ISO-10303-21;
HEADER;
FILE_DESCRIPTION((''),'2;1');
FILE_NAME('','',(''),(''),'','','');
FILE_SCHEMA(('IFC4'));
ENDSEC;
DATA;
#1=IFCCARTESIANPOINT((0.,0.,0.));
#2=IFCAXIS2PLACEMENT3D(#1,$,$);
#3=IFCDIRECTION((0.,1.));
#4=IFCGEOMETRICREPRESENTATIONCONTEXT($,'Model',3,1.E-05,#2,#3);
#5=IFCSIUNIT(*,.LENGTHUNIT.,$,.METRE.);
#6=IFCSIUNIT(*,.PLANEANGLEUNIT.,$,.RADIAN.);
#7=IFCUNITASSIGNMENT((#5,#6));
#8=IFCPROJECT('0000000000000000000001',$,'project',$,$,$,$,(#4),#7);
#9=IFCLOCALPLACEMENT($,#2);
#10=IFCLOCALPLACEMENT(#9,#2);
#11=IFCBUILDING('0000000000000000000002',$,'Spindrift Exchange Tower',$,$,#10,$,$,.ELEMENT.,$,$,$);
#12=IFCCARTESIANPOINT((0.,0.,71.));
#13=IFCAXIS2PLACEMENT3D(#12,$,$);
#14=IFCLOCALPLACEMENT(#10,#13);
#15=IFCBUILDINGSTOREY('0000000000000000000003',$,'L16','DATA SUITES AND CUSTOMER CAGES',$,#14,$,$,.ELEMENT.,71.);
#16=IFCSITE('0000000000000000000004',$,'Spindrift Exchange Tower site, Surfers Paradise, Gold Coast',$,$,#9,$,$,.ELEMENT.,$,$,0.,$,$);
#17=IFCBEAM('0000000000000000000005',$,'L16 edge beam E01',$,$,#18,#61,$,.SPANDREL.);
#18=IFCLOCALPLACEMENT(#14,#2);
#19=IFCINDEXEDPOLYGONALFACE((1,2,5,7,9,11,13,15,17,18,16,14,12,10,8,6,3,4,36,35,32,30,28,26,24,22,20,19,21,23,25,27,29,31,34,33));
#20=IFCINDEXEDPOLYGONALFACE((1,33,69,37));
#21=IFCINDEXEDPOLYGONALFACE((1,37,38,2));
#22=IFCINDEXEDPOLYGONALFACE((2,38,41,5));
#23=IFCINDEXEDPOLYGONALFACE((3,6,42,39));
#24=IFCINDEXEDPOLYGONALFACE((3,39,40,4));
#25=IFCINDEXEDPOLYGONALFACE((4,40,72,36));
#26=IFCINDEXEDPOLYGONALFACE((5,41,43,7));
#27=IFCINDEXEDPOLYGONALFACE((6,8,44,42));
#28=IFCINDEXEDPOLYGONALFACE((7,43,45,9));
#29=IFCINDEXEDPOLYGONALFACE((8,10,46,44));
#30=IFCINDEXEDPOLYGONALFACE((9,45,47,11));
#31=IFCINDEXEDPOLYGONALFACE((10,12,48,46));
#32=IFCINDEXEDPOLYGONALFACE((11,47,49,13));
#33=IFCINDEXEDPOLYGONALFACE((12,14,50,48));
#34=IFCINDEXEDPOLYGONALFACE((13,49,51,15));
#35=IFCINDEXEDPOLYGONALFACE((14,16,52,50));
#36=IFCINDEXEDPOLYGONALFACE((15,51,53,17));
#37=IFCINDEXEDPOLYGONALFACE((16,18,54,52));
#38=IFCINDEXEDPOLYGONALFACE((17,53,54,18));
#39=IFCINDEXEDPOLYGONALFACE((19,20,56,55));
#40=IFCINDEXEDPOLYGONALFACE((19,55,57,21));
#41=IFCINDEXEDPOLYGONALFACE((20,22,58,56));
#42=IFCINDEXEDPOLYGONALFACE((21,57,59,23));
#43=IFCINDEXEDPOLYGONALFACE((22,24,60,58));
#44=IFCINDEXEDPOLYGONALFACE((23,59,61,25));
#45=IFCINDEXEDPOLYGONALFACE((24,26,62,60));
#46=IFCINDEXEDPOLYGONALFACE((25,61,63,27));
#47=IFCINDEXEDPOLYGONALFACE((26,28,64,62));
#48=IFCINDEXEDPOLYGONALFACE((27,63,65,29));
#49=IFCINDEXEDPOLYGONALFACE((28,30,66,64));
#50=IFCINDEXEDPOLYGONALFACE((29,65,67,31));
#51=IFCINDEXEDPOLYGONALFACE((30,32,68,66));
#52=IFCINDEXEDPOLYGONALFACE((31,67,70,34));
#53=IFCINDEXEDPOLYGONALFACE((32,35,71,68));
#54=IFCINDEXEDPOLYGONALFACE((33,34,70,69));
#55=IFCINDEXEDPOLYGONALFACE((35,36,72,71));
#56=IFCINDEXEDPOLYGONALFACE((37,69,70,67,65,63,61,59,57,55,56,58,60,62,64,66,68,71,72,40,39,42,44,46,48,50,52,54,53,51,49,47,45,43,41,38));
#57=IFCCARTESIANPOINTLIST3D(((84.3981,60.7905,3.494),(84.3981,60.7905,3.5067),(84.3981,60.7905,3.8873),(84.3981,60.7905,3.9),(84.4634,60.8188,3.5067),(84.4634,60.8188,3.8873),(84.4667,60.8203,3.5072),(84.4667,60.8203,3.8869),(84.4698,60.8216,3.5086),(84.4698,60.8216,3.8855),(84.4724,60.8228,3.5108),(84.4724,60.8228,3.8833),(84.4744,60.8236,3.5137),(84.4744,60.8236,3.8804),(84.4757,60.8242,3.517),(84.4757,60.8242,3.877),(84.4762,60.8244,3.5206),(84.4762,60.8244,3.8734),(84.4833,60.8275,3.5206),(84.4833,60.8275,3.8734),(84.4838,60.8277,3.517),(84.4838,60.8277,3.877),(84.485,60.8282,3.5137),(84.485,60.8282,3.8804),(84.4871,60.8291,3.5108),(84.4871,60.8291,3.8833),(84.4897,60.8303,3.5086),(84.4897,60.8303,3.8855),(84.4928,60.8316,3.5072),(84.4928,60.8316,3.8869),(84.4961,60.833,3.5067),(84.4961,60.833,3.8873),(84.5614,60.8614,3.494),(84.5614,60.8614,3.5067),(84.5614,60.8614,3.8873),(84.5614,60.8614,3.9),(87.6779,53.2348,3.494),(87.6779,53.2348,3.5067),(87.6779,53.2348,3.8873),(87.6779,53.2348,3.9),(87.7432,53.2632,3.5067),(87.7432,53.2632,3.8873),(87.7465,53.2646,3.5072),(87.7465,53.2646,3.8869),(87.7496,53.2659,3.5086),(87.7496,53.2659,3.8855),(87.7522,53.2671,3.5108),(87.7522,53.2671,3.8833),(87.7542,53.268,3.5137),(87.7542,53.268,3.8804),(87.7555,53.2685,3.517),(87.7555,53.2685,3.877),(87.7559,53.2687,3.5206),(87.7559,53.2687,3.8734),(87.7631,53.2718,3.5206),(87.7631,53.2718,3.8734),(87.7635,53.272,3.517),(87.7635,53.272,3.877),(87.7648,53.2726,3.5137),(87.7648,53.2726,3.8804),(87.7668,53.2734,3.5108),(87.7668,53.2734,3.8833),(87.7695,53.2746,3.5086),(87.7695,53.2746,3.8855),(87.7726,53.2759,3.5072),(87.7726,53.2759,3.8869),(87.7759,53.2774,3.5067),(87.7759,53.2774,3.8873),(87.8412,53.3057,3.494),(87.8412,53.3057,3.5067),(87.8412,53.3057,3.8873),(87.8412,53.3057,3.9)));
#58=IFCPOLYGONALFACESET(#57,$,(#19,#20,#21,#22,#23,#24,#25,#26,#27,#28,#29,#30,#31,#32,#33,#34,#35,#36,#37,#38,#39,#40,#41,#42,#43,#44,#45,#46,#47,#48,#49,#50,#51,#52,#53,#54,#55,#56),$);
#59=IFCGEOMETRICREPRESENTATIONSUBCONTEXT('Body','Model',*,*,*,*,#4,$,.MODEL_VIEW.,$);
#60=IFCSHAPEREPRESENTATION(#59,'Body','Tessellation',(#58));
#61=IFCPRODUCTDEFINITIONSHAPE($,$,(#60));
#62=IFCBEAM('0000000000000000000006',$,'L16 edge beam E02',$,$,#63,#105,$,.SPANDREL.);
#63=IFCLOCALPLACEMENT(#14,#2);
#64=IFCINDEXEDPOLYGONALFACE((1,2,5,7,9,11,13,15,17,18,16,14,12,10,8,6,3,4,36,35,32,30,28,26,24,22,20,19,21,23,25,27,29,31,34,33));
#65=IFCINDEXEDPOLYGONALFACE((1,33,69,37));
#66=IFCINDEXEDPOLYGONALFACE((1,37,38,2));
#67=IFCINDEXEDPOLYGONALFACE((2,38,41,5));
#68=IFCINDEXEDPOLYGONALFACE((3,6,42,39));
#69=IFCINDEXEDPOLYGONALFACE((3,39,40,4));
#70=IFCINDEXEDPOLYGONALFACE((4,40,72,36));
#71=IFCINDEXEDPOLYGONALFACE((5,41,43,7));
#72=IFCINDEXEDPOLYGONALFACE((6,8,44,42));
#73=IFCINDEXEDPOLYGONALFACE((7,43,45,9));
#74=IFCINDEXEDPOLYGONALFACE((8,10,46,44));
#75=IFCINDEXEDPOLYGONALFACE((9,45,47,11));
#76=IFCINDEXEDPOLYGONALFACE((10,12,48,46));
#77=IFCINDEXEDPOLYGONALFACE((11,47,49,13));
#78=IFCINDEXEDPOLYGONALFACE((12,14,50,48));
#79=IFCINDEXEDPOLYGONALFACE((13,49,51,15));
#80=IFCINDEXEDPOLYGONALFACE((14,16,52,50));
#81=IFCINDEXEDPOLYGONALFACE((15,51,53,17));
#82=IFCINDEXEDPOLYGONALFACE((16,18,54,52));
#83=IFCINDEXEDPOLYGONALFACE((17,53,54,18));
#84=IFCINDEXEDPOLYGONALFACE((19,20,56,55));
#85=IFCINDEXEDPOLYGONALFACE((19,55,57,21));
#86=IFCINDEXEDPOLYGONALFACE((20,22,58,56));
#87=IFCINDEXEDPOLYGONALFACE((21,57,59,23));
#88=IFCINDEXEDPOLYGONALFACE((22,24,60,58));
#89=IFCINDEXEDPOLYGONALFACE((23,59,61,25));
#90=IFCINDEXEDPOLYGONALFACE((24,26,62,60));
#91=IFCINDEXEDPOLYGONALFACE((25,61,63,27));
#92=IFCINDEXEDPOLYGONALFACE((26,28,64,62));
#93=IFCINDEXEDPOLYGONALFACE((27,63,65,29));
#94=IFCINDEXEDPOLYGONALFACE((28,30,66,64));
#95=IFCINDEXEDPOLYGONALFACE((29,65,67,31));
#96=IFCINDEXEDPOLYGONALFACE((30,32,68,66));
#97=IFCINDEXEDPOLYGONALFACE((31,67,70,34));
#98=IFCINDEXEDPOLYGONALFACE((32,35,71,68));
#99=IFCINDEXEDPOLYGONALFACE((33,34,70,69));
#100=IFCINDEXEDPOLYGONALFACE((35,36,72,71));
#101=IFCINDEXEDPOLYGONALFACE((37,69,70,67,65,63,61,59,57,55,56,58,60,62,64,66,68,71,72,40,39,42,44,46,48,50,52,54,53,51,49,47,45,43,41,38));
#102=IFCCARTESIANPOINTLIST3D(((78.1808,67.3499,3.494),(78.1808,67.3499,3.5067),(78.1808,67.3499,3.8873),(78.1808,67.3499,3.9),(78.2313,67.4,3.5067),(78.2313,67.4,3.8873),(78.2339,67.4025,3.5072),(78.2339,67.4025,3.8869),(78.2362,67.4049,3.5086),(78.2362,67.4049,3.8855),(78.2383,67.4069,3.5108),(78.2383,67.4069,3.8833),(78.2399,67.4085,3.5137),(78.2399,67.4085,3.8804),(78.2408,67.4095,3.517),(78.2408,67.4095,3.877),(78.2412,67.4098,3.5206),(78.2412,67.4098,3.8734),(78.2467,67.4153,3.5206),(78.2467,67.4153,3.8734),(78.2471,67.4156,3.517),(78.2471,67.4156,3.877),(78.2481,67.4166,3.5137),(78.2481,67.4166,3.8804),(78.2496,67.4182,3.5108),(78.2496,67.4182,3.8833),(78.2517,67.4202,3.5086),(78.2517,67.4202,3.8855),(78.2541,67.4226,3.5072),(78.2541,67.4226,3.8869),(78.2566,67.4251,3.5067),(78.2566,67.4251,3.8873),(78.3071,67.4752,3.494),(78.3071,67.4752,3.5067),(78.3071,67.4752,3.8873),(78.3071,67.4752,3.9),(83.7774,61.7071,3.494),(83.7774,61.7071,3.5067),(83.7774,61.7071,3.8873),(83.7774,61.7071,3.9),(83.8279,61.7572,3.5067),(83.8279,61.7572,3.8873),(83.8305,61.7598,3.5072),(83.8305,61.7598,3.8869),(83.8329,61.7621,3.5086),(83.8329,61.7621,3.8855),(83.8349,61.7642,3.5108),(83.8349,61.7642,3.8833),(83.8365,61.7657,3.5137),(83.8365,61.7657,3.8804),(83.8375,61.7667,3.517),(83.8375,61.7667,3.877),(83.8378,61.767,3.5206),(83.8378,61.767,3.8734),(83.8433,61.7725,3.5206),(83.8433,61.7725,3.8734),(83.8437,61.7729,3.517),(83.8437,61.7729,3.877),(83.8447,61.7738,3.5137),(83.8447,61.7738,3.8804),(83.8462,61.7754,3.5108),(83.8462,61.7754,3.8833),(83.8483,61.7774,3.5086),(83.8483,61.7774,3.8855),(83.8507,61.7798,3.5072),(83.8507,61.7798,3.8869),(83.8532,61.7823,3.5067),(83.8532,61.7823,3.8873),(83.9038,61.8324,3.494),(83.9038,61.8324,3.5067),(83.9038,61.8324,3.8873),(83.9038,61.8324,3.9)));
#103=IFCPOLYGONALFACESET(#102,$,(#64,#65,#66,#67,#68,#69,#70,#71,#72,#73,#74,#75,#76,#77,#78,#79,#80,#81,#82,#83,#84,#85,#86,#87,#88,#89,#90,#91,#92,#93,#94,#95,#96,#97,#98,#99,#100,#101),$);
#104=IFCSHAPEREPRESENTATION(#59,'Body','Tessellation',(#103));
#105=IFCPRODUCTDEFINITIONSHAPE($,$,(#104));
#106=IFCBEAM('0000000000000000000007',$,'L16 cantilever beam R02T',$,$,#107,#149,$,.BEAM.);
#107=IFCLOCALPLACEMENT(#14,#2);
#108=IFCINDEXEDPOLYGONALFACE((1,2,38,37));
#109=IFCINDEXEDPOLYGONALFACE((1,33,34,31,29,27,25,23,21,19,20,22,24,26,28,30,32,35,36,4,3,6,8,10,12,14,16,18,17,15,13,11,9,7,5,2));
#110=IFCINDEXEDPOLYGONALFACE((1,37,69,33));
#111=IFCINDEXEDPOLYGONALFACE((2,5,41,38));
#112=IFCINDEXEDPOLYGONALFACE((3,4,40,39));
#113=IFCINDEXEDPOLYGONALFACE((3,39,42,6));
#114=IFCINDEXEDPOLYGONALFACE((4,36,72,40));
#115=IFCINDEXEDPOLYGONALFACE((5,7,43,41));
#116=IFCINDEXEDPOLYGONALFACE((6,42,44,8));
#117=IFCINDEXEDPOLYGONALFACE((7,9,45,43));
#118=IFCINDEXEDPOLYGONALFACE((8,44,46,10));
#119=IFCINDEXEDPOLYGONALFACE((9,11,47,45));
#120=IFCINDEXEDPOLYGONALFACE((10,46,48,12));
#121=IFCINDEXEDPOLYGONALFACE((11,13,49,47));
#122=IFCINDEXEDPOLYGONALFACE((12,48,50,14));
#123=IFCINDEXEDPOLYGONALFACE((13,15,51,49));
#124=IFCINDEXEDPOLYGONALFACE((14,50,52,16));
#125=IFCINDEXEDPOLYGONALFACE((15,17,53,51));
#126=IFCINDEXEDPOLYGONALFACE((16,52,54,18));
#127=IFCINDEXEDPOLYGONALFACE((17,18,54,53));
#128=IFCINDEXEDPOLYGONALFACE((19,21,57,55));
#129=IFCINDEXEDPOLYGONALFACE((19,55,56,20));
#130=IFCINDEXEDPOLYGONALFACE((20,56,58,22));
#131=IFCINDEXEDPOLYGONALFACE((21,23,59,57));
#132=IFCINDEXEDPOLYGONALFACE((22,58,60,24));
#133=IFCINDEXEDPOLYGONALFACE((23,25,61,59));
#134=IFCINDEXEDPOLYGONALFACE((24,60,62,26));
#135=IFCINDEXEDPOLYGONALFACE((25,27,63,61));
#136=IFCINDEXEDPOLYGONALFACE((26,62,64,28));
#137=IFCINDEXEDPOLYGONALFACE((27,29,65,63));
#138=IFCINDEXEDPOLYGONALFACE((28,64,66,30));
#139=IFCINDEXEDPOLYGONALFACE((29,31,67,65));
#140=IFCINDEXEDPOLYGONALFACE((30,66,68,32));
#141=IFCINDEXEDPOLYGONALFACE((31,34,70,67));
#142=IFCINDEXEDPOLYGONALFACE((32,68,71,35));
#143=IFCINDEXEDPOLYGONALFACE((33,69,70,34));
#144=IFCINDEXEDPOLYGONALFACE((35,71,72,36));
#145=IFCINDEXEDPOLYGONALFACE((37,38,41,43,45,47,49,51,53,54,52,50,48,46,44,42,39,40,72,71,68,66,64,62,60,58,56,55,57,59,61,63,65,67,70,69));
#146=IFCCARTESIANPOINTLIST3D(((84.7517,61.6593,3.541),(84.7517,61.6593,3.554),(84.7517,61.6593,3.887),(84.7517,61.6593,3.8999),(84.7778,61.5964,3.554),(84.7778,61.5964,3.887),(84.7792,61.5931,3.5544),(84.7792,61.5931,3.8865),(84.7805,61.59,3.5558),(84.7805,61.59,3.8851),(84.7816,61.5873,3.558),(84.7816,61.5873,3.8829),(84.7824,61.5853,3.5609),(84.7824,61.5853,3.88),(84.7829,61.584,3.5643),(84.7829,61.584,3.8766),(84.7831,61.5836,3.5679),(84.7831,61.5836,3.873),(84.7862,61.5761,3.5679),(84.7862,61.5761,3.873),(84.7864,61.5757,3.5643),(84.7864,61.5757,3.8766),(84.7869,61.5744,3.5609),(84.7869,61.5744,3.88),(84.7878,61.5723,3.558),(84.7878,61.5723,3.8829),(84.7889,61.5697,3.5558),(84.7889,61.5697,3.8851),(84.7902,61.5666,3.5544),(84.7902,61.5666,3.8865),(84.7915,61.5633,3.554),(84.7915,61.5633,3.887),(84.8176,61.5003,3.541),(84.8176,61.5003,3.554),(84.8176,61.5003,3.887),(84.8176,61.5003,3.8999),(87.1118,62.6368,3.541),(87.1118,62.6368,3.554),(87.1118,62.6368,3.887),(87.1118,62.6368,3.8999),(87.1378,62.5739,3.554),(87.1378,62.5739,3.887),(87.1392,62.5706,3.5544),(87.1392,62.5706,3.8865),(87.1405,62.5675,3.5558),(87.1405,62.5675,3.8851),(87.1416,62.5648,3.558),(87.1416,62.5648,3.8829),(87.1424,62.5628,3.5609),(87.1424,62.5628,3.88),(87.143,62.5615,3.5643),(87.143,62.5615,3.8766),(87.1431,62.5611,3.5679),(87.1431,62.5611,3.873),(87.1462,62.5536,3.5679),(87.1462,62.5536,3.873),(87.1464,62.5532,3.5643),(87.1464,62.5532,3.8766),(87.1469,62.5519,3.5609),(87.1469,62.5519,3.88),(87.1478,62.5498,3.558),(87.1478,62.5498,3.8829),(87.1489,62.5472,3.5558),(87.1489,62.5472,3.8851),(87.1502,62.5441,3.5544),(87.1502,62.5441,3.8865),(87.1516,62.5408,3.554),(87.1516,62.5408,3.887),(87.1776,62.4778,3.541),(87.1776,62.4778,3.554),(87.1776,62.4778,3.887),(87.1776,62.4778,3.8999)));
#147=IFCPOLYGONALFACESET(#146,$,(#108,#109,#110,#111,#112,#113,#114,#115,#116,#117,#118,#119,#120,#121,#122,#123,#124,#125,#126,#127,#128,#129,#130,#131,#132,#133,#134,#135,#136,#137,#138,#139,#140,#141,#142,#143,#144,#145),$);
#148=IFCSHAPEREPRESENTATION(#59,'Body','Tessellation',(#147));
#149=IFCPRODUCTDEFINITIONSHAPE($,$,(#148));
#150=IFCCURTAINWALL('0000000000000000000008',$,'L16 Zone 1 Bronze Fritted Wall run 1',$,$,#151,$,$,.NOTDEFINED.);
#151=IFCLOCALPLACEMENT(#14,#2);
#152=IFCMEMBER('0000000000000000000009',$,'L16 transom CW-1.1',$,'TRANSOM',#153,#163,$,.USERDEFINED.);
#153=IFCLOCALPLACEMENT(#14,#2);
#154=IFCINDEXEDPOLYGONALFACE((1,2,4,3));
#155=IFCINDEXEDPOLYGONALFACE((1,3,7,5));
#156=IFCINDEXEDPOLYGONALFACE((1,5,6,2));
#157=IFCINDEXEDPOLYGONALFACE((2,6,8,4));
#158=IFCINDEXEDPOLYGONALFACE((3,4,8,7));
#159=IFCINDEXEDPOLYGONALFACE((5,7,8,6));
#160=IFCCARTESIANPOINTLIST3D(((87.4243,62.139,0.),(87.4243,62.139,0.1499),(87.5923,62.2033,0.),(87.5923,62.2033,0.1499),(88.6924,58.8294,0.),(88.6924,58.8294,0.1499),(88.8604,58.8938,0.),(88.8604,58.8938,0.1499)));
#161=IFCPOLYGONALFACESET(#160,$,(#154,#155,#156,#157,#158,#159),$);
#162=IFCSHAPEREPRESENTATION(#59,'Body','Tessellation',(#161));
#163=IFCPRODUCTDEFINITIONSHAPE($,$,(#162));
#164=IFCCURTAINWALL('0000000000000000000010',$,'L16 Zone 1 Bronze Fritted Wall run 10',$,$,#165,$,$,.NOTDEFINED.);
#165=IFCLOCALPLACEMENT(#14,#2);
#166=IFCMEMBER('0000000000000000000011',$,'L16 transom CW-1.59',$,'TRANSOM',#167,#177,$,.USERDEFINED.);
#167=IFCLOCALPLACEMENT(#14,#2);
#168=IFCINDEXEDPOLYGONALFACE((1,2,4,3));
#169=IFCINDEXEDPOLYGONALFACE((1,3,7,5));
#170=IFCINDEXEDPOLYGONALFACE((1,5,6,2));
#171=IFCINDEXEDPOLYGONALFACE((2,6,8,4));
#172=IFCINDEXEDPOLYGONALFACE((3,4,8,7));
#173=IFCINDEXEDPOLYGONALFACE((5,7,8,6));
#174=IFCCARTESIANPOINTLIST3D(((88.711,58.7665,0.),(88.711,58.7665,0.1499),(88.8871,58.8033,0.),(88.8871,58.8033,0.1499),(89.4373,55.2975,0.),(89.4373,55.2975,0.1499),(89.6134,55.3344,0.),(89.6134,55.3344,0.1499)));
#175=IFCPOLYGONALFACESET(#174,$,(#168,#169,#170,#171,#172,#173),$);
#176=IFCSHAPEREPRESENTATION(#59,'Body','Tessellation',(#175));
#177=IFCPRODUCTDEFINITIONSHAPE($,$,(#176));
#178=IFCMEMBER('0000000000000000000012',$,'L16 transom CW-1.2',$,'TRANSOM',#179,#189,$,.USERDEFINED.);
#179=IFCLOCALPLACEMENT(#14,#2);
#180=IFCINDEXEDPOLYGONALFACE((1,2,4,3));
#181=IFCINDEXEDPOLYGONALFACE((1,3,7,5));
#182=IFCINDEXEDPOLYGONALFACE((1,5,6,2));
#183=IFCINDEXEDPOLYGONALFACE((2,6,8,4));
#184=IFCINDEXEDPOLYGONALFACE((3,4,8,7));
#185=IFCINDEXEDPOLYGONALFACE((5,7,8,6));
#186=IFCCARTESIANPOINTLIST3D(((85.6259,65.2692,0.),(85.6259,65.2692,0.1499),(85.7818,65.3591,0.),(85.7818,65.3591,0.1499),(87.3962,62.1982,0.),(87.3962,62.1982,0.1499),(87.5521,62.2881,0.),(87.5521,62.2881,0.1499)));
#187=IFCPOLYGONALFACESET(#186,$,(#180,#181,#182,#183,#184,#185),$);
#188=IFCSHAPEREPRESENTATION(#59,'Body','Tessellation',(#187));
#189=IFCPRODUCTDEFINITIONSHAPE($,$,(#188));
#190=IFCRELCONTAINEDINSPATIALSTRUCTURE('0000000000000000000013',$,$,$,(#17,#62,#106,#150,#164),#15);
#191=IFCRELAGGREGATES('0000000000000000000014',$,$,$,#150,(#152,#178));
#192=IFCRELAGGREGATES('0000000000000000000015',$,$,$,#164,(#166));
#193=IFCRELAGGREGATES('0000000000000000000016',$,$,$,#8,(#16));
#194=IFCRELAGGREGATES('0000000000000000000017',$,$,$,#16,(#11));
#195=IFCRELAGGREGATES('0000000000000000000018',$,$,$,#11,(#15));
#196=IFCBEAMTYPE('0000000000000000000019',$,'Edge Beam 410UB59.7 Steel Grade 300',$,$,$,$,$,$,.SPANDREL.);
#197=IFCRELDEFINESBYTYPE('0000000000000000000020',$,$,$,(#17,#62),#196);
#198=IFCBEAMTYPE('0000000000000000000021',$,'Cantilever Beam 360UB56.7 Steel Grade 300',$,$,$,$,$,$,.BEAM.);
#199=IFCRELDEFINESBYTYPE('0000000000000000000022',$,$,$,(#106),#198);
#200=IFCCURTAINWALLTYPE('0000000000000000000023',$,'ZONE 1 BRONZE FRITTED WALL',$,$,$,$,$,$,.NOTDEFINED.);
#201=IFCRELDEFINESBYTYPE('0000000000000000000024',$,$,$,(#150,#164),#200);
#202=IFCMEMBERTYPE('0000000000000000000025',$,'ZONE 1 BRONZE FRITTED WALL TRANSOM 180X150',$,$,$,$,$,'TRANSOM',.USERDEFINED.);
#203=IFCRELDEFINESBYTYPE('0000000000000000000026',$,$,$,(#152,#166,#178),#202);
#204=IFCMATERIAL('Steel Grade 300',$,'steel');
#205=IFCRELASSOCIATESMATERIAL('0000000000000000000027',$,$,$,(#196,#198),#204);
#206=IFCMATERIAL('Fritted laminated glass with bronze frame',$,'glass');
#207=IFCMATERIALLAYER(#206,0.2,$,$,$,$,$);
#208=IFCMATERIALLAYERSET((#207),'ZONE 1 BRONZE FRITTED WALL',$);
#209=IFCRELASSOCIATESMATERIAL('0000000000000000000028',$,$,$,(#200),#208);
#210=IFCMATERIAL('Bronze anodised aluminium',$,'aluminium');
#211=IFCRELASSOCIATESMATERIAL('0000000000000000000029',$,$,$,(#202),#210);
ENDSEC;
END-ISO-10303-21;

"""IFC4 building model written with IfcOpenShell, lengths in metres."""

from ifc_helpers import new_model, si_unit, direction, frame, origin, origin_2d, place, context, subcontext, project, spatial, rectangle, i_section, extrude, source, transform, mapped, material, layer, layer_set, material_profile, profile_set, type_object, element, aggregate, save


model = new_model("IFC4")

# Units and contexts
model_context = context("Model", 3, precision=1e-05, world=origin(), true_north=direction((0.0, 1.0)))
body_context = subcontext(model_context, "Body", "Model", "MODEL_VIEW")
ifc_project = project(units=[si_unit("LENGTHUNIT", "METRE"), si_unit("PLANEANGLEUNIT", "RADIAN")], contexts=[model_context])

# Site, building, storey
site_placement = place(None, origin())
site = spatial("IfcSite", under=ifc_project, at=site_placement, Name="Spindrift Exchange Tower site, Surfers Paradise, Gold Coast", CompositionType="ELEMENT", RefElevation=0.0)
building_placement = place(site_placement, origin())
building = spatial("IfcBuilding", under=site, at=building_placement, Name="Spindrift Exchange Tower", CompositionType="ELEMENT")
storey_placement = place(building_placement, frame((0.0, 0.0, 71.0)))
storey = spatial("IfcBuildingStorey", under=building, at=storey_placement, Name="L16", Description="DATA SUITES AND CUSTOMER CAGES", CompositionType="ELEMENT", Elevation=71.0)

# Beams
ifc_material_1 = material(Name="Steel Grade 300", Category="steel")
ifc_material_profile_1 = material_profile(ifc_material_1, i_section(OverallWidth=0.178, OverallDepth=0.406, WebThickness=0.0078, FlangeThickness=0.0127, FilletRadius=0.0139, at=origin_2d()), Name="410UB59.7")
ifc_profile_set_1 = profile_set([ifc_material_profile_1], Name="Steel Grade 300")
beam_type_1 = type_object("IfcBeamType", Name="Edge Beam 410UB59.7 Steel Grade 300", PredefinedType="SPANDREL", material=ifc_profile_set_1)
shared_shape_1 = source(origin(), body_context, "Body", "SweptSolid", [
    extrude(i_section(OverallWidth=0.178, OverallDepth=0.406, WebThickness=0.0078, FlangeThickness=0.0127, FilletRadius=0.0139, at=origin_2d()), origin(), (0.0, 0.0, 1.0), 8.2368),
])
beam_1_placement = place(storey_placement, frame((87.7595, 53.2703, 3.697), z_axis=(-0.398186, 0.917305, 0.0), x_axis=(-0.917305, -0.398186, 0.0)))
element("IfcBeam", 1, at=beam_1_placement, inside=storey, type_object=beam_type_1, Name="L16 edge beam E01", PredefinedType="SPANDREL", context=body_context, shape_type="MappedRepresentation", body=[
    mapped(shared_shape_1, transform((0.0, 0.0, 0.0), scale=1.0)),
])
shared_shape_2 = source(origin(), body_context, "Body", "SweptSolid", [
    extrude(i_section(OverallWidth=0.178, OverallDepth=0.406, WebThickness=0.0078, FlangeThickness=0.0127, FilletRadius=0.0139, at=origin_2d()), origin(), (0.0, 0.0, 1.0), 7.9475),
])
beam_2_placement = place(storey_placement, frame((83.8406, 61.7698, 3.697), z_axis=(-0.704198, 0.710004, 0.0), x_axis=(-0.710004, -0.704198, 0.0)))
element("IfcBeam", 2, at=beam_2_placement, inside=storey, type_object=beam_type_1, Name="L16 edge beam E02", PredefinedType="SPANDREL", context=body_context, shape_type="MappedRepresentation", body=[
    mapped(shared_shape_2, transform((0.0, 0.0, 0.0), scale=1.0)),
])
ifc_material_profile_2 = material_profile(ifc_material_1, i_section(OverallWidth=0.1721, OverallDepth=0.3589, WebThickness=0.0081, FlangeThickness=0.0129, FilletRadius=0.0139, at=origin_2d()), Name="360UB56.7")
ifc_profile_set_2 = profile_set([ifc_material_profile_2], Name="Steel Grade 300")
beam_type_2 = type_object("IfcBeamType", Name="Cantilever Beam 360UB56.7 Steel Grade 300", PredefinedType="BEAM", material=ifc_profile_set_2)
shared_shape_3 = source(origin(), body_context, "Body", "SweptSolid", [
    extrude(i_section(OverallWidth=0.1721, OverallDepth=0.3589, WebThickness=0.0081, FlangeThickness=0.0129, FilletRadius=0.0139, at=origin_2d()), origin(), (0.0, 0.0, 1.0), 2.5544),
])
beam_3_placement = place(storey_placement, frame((84.7847, 61.5798, 3.7205), z_axis=(0.923886, 0.382667, 0.0), x_axis=(-0.382667, 0.923886, 0.0)))
element("IfcBeam", 3, at=beam_3_placement, inside=storey, type_object=beam_type_2, Name="L16 cantilever beam R02T", PredefinedType="BEAM", context=body_context, shape_type="MappedRepresentation", body=[
    mapped(shared_shape_3, transform((0.0, 0.0, 0.0), scale=1.0)),
])

# Curtain walls, members
ifc_material_2 = material(Name="Fritted laminated glass with bronze frame", Category="glass")
ifc_layer_1 = layer(ifc_material_2, 0.2)
ifc_layer_set_1 = layer_set([ifc_layer_1], Name="ZONE 1 BRONZE FRITTED WALL")
curtain_wall_type = type_object("IfcCurtainWallType", Name="ZONE 1 BRONZE FRITTED WALL", PredefinedType="NOTDEFINED", material=ifc_layer_set_1)
curtain_wall_1_placement = place(storey_placement, origin())
curtain_wall_1 = element("IfcCurtainWall", 4, at=curtain_wall_1_placement, inside=storey, type_object=curtain_wall_type, Name="L16 Zone 1 Bronze Fritted Wall run 1", PredefinedType="NOTDEFINED")
ifc_material_3 = material(Name="Bronze anodised aluminium", Category="aluminium")
ifc_material_profile_3 = material_profile(ifc_material_3, rectangle(XDim=0.1799, YDim=0.1499, at=origin_2d()), Name="ZONE 1 BRONZE FRITTED WALL TRANSOM 180X150")
ifc_profile_set_3 = profile_set([ifc_material_profile_3], Name="Bronze anodised aluminium")
member_type_1 = type_object("IfcMemberType", Name="ZONE 1 BRONZE FRITTED WALL TRANSOM 180X150", ElementType="TRANSOM", PredefinedType="USERDEFINED", material=ifc_profile_set_3)
shared_shape_4 = source(origin(), body_context, "Body", "SweptSolid", [
    extrude(rectangle(XDim=0.1799, YDim=0.1499, at=origin_2d()), origin(), (0.0, 0.0, 1.0), 3.5442),
])
member_1_placement = place(storey_placement, frame((88.7764, 58.8616, 0.075), z_axis=(-0.357788, 0.933803, 0.0), x_axis=(-0.933803, -0.357788, 0.0)))
member_1 = element("IfcMember", 5, at=member_1_placement, type_object=member_type_1, Name="L16 transom CW-1.1", ObjectType="TRANSOM", PredefinedType="USERDEFINED", context=body_context, shape_type="MappedRepresentation", body=[
    mapped(shared_shape_4, transform((0.0, 0.0, 0.0), scale=1.0)),
])
curtain_wall_2_placement = place(storey_placement, origin())
curtain_wall_2 = element("IfcCurtainWall", 6, at=curtain_wall_2_placement, inside=storey, type_object=curtain_wall_type, Name="L16 Zone 1 Bronze Fritted Wall run 10", PredefinedType="NOTDEFINED")
member_2_placement = place(storey_placement, frame((89.5254, 55.3159, 0.075), z_axis=(-0.204931, 0.978776, 0.0), x_axis=(-0.978776, -0.204931, 0.0)))
member_2 = element("IfcMember", 7, at=member_2_placement, type_object=member_type_1, Name="L16 transom CW-1.59", ObjectType="TRANSOM", PredefinedType="USERDEFINED", context=body_context, shape_type="MappedRepresentation", body=[
    mapped(shared_shape_4, transform((0.0, 0.0, 0.0), scale=1.0)),
])

# Member
shared_shape_5 = source(origin(), body_context, "Body", "SweptSolid", [
    extrude(rectangle(XDim=0.1799, YDim=0.1499, at=origin_2d()), origin(), (0.0, 0.0, 1.0), 3.5447),
])
member_3_placement = place(storey_placement, frame((87.4741, 62.2432, 0.075), z_axis=(-0.499406, 0.866368, 0.0), x_axis=(-0.866368, -0.499406, 0.0)))
member_3 = element("IfcMember", 8, at=member_3_placement, type_object=member_type_1, Name="L16 transom CW-1.2", ObjectType="TRANSOM", PredefinedType="USERDEFINED", context=body_context, shape_type="MappedRepresentation", body=[
    mapped(shared_shape_5, transform((0.0, 0.0, 0.0), scale=1.0)),
])

aggregate(curtain_wall_1, [member_1, member_3])
aggregate(curtain_wall_2, [member_2])

save(model, "model.ifc")
